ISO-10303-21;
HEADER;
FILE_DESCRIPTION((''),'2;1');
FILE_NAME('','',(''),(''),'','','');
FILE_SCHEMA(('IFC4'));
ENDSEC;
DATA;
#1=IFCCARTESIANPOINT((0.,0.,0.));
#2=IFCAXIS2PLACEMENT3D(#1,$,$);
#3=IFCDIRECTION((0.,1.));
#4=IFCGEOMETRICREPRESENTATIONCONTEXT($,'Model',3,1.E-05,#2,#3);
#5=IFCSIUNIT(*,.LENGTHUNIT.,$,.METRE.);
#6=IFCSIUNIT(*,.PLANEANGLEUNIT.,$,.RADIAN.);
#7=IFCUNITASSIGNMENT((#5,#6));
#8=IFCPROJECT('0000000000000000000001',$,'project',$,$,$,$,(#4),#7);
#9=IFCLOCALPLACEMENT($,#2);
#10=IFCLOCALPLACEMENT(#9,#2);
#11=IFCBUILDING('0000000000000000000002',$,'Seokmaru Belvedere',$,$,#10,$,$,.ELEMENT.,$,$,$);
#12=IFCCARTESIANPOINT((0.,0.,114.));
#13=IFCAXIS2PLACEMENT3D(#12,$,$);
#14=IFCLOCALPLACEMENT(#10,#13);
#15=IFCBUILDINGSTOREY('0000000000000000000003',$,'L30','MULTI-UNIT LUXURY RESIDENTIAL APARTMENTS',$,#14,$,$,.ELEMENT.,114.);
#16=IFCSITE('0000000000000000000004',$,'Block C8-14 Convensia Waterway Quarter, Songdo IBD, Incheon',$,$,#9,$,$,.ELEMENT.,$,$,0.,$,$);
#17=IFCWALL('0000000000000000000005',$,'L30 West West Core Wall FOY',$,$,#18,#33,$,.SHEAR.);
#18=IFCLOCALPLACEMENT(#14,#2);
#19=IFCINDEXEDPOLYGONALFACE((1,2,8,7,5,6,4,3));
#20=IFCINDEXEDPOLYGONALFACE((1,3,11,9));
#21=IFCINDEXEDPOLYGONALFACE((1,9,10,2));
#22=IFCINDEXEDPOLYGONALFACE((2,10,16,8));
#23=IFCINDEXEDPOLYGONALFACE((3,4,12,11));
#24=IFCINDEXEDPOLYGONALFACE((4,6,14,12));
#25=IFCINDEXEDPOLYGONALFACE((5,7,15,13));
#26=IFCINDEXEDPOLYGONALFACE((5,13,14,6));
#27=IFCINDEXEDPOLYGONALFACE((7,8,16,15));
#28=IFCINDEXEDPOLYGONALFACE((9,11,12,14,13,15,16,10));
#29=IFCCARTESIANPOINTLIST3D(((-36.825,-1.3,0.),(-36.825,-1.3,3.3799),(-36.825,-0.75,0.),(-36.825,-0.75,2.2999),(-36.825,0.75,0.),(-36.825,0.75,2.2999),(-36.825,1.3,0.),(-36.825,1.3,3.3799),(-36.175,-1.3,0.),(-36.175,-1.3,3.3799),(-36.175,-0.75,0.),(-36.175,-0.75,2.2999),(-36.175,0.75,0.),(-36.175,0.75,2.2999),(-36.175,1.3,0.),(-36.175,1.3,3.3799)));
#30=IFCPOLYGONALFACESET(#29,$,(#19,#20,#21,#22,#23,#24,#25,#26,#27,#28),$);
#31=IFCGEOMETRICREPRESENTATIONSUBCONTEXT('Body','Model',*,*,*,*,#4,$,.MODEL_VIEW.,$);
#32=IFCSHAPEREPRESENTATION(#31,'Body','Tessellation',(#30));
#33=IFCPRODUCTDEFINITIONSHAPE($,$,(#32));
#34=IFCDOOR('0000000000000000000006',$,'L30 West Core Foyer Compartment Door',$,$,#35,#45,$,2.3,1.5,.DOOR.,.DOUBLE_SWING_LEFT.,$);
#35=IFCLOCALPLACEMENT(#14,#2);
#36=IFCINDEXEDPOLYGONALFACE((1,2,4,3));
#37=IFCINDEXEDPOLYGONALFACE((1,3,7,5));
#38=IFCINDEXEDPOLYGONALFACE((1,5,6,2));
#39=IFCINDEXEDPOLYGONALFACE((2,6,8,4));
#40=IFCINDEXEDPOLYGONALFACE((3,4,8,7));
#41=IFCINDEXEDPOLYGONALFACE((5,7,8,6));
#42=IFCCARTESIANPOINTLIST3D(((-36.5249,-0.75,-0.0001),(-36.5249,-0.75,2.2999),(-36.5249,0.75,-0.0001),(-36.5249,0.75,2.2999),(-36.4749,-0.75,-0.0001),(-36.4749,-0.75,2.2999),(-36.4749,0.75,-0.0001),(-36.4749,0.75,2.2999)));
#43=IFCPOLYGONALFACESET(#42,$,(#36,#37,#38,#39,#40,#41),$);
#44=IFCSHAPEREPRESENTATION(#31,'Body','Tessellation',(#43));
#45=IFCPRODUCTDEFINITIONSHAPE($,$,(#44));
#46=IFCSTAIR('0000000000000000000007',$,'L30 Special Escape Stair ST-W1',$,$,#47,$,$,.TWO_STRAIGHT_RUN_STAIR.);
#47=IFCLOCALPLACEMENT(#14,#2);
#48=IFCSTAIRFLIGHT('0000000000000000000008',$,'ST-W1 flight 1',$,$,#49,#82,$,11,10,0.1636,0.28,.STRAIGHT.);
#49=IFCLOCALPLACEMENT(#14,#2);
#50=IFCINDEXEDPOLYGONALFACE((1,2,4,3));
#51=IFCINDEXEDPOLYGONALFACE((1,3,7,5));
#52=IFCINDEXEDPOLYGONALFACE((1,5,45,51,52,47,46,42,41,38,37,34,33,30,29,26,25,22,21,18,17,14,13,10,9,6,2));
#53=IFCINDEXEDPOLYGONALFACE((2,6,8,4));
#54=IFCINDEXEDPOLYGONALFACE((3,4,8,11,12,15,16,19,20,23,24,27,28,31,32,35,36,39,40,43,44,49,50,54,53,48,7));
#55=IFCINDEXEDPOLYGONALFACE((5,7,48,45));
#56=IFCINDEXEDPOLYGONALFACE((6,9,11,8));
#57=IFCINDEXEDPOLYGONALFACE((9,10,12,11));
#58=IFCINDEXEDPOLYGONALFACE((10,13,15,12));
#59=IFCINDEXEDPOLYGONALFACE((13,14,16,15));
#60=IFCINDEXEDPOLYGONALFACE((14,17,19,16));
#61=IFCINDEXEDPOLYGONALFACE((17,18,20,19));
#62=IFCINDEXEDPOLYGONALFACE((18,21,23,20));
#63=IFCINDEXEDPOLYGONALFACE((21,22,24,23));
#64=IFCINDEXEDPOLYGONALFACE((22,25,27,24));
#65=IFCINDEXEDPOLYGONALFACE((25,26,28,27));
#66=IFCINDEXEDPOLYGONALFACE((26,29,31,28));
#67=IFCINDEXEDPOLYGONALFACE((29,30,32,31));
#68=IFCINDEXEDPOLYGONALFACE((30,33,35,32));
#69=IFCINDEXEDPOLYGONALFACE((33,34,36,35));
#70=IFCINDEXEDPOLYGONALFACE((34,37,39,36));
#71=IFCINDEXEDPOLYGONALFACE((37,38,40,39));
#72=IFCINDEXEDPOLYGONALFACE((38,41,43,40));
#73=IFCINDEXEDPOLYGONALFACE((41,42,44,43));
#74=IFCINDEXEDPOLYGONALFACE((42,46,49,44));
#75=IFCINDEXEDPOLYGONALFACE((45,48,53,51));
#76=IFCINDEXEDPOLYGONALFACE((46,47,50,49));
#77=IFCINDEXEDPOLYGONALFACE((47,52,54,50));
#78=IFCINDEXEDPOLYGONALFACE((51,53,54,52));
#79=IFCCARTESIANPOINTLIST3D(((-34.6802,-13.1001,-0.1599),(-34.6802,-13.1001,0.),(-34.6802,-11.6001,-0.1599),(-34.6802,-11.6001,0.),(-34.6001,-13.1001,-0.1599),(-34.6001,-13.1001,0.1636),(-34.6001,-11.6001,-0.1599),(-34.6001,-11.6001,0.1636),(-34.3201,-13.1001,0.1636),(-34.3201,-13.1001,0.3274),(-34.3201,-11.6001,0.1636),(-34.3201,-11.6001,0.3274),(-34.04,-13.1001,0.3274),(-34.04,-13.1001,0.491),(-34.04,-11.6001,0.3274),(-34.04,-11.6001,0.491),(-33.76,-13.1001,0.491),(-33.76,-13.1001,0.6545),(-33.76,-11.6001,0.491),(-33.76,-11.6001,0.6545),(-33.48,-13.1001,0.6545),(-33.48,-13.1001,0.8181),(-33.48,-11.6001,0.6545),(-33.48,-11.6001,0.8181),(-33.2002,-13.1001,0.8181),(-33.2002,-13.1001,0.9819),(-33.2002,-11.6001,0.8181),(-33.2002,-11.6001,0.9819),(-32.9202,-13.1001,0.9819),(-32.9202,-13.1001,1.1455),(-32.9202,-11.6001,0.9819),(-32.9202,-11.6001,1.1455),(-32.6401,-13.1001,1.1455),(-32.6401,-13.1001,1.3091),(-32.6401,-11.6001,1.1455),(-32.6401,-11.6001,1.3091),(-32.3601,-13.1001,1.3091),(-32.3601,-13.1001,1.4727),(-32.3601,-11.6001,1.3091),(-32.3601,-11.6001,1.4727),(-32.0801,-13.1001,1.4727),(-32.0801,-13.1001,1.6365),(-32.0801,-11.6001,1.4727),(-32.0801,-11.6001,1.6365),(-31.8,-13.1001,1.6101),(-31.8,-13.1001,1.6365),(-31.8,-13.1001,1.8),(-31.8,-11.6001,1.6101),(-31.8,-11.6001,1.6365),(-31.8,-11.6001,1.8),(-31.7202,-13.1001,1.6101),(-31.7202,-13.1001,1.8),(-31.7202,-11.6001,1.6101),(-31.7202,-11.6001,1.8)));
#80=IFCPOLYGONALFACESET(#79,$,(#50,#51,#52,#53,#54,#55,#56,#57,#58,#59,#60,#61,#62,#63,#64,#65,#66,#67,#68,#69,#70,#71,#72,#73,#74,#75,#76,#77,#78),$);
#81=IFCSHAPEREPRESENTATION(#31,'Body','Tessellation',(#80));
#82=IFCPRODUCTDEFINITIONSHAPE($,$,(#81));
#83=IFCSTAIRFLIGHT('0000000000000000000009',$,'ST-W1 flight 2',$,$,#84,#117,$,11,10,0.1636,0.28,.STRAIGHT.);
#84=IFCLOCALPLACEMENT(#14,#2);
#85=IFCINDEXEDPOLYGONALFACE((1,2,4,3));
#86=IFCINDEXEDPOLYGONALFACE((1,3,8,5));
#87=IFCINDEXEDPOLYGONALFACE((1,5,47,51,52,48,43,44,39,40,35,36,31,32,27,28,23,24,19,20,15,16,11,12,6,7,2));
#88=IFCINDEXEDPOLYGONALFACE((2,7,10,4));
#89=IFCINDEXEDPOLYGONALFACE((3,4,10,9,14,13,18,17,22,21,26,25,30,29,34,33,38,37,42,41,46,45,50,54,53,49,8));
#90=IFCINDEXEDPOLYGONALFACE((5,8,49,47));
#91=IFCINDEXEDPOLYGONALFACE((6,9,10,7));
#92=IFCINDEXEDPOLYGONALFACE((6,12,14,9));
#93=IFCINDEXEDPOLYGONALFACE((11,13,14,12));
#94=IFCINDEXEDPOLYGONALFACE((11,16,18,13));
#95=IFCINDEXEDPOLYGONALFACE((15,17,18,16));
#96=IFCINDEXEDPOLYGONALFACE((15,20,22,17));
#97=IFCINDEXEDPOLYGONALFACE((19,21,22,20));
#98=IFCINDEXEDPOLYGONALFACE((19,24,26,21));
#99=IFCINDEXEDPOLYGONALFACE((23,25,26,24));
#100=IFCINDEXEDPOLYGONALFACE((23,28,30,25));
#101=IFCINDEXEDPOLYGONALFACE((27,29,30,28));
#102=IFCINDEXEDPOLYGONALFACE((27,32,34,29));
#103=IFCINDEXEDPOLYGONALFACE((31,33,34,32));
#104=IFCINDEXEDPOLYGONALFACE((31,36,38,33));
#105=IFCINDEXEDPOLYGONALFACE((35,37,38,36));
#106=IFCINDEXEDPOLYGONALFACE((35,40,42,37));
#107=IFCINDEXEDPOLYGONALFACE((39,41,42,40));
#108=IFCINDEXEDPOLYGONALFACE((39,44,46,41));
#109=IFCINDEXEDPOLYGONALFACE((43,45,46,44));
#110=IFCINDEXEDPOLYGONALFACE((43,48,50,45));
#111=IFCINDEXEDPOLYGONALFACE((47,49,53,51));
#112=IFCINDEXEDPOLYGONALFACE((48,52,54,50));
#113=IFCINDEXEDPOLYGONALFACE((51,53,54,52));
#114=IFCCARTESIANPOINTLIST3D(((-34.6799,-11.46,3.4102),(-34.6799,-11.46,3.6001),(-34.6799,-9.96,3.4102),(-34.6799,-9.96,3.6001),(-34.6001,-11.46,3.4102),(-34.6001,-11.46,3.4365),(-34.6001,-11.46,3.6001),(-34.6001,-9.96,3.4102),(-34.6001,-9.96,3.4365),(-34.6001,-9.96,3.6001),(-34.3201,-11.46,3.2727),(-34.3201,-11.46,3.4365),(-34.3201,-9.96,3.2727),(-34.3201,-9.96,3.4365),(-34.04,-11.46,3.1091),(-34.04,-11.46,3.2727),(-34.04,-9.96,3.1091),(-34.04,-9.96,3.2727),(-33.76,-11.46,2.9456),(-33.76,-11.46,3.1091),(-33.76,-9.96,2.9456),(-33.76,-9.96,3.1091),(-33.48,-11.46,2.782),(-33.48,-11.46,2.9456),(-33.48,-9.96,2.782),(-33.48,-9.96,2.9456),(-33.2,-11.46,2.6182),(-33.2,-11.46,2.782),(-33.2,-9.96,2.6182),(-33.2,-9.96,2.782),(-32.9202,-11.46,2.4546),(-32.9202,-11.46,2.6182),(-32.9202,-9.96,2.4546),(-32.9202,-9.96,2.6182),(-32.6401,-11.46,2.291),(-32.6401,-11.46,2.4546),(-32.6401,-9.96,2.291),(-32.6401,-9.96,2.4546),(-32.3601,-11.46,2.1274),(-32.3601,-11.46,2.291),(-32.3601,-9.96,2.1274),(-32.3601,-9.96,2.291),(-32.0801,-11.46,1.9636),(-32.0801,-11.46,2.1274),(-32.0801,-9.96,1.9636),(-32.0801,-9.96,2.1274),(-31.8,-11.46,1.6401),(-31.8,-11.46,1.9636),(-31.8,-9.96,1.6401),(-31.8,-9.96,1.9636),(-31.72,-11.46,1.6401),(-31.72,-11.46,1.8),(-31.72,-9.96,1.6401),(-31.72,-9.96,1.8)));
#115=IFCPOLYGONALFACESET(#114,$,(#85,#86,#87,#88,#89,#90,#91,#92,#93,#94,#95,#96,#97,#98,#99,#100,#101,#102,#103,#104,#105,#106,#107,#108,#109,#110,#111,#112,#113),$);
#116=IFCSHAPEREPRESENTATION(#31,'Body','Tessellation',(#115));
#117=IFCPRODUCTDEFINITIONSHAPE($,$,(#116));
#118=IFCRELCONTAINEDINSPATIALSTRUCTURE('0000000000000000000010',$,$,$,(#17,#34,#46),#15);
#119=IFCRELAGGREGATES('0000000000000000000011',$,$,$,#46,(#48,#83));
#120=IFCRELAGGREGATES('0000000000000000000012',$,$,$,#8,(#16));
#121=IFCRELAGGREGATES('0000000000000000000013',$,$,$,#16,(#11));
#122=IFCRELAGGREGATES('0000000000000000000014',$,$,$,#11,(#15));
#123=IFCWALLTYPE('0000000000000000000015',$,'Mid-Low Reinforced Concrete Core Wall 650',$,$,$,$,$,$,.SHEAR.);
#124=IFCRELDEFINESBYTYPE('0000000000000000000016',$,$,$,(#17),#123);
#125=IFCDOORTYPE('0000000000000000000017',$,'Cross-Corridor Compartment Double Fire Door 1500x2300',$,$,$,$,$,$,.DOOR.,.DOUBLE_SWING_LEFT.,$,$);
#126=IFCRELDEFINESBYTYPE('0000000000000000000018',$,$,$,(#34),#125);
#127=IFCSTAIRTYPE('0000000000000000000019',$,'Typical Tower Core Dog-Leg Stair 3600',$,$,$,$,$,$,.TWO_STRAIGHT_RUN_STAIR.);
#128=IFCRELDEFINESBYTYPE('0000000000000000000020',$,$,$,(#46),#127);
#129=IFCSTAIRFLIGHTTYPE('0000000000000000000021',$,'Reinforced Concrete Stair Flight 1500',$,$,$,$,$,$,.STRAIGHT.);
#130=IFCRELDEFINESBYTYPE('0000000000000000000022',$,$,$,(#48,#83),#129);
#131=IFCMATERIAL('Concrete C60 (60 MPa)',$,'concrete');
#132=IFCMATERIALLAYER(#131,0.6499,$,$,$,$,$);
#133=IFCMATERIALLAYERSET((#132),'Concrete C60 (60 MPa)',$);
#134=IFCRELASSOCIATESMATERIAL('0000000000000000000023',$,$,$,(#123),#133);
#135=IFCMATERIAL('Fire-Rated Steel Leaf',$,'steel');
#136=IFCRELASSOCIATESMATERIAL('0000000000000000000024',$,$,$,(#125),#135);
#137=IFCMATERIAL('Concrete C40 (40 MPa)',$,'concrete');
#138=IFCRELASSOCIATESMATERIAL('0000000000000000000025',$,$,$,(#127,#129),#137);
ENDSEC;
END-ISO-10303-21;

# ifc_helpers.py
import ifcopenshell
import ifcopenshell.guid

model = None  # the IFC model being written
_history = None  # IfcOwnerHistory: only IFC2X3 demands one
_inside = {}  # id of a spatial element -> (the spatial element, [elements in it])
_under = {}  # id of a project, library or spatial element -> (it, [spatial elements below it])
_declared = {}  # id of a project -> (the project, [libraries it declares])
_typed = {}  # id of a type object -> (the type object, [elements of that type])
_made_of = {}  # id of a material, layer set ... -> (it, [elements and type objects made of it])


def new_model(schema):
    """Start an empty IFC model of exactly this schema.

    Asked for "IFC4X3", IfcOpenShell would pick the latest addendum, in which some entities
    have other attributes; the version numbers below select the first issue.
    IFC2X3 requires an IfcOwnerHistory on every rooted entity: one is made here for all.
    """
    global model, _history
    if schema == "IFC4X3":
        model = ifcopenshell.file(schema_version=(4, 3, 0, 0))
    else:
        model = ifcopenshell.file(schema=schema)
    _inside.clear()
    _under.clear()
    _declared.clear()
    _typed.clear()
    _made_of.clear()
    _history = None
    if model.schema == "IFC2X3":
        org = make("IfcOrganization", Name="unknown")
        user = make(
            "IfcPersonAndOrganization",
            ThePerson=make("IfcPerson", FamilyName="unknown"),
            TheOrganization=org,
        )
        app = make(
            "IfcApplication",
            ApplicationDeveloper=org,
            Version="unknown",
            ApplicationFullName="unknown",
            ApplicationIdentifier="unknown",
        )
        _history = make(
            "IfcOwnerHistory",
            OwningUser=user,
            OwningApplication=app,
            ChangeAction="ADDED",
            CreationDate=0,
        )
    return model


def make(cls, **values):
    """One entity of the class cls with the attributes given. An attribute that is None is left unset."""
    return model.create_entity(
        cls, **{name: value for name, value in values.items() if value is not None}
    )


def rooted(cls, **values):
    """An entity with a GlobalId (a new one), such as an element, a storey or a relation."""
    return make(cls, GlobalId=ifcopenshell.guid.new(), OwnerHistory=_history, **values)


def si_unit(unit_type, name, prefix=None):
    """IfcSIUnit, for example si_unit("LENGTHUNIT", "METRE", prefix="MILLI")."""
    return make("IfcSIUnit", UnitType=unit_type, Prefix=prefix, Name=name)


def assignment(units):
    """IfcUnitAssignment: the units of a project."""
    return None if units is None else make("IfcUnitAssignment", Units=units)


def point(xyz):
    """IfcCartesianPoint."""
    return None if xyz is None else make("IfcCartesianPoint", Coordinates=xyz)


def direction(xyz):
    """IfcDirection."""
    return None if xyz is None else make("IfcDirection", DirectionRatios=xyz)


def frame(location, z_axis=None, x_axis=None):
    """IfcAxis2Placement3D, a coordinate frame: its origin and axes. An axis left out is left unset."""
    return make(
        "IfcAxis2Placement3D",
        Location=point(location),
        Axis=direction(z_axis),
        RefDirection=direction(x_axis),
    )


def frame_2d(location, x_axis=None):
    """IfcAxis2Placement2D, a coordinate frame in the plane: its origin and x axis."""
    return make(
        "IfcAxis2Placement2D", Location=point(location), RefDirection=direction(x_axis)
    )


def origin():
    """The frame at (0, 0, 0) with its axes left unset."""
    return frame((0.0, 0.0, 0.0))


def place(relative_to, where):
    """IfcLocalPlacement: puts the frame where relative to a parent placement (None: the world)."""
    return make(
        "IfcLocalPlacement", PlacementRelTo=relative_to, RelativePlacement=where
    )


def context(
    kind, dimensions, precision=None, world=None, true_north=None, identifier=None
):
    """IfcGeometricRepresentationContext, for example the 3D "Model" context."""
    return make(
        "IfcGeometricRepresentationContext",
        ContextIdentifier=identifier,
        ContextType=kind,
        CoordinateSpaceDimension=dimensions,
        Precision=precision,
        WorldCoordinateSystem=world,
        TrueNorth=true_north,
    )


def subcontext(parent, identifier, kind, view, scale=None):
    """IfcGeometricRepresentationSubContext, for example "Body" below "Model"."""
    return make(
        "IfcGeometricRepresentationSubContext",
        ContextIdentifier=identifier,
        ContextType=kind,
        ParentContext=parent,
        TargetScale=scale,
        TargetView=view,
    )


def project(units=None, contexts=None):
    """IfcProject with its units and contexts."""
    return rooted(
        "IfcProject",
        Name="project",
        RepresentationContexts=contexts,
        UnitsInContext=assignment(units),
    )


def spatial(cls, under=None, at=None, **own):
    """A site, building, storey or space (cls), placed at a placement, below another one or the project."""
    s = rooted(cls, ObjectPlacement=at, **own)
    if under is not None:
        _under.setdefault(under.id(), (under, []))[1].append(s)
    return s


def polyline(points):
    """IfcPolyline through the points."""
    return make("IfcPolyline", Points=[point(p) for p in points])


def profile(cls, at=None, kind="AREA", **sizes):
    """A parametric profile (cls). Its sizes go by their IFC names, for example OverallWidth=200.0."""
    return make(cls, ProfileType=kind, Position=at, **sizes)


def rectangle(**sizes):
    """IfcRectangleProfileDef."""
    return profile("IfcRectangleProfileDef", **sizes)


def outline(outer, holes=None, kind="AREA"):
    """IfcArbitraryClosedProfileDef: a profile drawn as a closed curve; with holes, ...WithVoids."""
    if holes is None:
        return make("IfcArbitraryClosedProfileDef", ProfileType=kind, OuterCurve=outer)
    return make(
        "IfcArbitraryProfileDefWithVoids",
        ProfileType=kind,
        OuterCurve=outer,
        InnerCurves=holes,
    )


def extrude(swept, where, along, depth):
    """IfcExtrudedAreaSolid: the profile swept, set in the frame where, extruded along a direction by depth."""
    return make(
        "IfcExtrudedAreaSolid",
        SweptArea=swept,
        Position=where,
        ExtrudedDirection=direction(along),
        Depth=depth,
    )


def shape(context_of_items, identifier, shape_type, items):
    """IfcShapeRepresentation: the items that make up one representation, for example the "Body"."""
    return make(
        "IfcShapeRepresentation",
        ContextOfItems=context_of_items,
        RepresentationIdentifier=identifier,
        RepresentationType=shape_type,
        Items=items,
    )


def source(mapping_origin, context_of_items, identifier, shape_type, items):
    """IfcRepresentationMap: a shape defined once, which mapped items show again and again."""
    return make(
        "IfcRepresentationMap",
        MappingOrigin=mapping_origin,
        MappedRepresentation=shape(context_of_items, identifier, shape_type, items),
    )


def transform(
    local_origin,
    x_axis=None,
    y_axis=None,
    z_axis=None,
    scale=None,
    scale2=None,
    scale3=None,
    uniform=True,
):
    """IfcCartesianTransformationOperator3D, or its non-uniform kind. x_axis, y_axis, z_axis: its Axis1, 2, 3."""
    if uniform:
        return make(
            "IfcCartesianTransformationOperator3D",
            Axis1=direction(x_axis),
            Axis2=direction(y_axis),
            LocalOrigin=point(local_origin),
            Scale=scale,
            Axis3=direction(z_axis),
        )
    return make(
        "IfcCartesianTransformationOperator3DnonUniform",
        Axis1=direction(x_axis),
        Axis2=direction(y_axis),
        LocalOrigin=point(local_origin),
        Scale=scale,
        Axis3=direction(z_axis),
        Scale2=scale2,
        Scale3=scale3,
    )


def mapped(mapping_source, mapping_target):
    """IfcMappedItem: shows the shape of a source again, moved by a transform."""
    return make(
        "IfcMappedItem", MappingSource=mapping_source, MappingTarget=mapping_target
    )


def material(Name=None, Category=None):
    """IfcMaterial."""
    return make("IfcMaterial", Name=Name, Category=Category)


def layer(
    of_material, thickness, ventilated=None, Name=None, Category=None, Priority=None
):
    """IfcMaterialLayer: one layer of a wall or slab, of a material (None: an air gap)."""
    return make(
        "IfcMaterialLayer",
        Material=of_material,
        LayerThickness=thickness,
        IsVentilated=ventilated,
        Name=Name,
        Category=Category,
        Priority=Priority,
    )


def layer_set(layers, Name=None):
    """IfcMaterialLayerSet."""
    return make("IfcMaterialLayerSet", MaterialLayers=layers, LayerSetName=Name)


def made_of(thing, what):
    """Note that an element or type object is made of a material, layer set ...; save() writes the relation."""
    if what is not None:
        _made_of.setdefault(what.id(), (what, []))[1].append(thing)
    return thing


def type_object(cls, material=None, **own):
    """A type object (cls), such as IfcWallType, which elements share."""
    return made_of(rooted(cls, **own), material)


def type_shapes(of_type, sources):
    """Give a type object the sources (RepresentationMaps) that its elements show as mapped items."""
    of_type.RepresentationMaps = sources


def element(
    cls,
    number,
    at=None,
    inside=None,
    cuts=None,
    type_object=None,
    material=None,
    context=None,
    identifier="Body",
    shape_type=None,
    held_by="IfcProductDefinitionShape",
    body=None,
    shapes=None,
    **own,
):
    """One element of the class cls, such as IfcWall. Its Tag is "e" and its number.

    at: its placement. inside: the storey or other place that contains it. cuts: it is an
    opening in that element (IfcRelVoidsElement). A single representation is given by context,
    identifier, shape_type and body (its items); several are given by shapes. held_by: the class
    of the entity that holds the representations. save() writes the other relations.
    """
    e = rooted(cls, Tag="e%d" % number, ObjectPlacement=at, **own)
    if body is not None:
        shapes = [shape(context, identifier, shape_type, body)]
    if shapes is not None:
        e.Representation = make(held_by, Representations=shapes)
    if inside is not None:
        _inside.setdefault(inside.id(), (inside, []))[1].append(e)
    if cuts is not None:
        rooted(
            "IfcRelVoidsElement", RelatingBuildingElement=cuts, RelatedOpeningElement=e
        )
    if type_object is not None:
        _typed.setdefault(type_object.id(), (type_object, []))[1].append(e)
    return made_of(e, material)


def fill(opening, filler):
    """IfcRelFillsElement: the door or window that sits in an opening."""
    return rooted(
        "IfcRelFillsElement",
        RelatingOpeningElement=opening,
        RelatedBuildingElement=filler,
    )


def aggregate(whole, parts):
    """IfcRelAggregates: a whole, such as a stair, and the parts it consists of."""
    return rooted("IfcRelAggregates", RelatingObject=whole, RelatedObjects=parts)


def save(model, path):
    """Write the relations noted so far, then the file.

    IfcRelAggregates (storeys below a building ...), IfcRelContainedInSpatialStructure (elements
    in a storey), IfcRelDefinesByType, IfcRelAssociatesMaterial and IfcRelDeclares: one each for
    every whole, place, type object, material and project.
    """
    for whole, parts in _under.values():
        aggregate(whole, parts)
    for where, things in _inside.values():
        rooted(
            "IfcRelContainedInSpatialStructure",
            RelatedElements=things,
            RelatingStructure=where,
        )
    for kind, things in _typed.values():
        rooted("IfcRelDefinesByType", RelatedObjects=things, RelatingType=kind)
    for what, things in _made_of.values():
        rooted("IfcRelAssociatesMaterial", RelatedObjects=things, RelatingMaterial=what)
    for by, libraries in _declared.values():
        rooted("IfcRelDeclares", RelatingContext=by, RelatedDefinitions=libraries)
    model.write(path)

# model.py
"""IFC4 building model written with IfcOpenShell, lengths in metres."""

from ifc_helpers import new_model, si_unit, direction, frame, frame_2d, origin, place, context, subcontext, project, spatial, polyline, rectangle, outline, extrude, source, transform, mapped, material, layer, layer_set, type_object, type_shapes, element, fill, aggregate, save


model = new_model("IFC4")

# Units and contexts
model_context = context("Model", 3, precision=1e-05, world=origin(), true_north=direction((0.0, 1.0)))
body_context = subcontext(model_context, "Body", "Model", "MODEL_VIEW")
ifc_project = project(units=[si_unit("LENGTHUNIT", "METRE"), si_unit("PLANEANGLEUNIT", "RADIAN")], contexts=[model_context])

# Site, building, storey
site_placement = place(None, origin())
site = spatial("IfcSite", under=ifc_project, at=site_placement, Name="Block C8-14 Convensia Waterway Quarter, Songdo IBD, Incheon", CompositionType="ELEMENT", RefElevation=0.0)
building_placement = place(site_placement, origin())
building = spatial("IfcBuilding", under=site, at=building_placement, Name="Seokmaru Belvedere", CompositionType="ELEMENT")
storey_placement = place(building_placement, frame((0.0, 0.0, 114.0)))
storey = spatial("IfcBuildingStorey", under=building, at=storey_placement, Name="L30", Description="MULTI-UNIT LUXURY RESIDENTIAL APARTMENTS", CompositionType="ELEMENT", Elevation=114.0)

# Shared definitions
ifc_material_1 = material(Name="Fire-Rated Steel Leaf", Category="steel")

# Shared definitions
ifc_material_2 = material(Name="Concrete C60 (60 MPa)", Category="concrete")
ifc_layer_1 = layer(ifc_material_2, 0.6499)
ifc_layer_set_1 = layer_set([ifc_layer_1], Name="Concrete C60 (60 MPa)")
wall_type_1 = type_object("IfcWallType", Name="Mid-Low Reinforced Concrete Core Wall 650", PredefinedType="SHEAR", material=ifc_layer_set_1)

# Wall, opening, door
wall_1_placement = place(storey_placement, frame((-36.5, -1.3, 0.0), z_axis=(0.0, 0.0, 1.0), x_axis=(0.0, 1.0, 0.0)))
wall_1 = element("IfcWall", 1, at=wall_1_placement, inside=storey, type_object=wall_type_1, Name="L30 West West Core Wall FOY", PredefinedType="SHEAR", context=body_context, shape_type="SweptSolid", body=[
    extrude(rectangle(XDim=2.6001, YDim=0.6499, at=frame_2d((1.3, 0.0))), origin(), (0.0, 0.0, 1.0), 3.3799),
])
opening_1_placement = place(wall_1_placement, frame((0.55, 0.0, 0.0)))
opening_1 = element("IfcOpeningElement", 2, at=opening_1_placement, cuts=wall_1, PredefinedType="OPENING", context=body_context, shape_type="SweptSolid", body=[
    extrude(rectangle(XDim=1.5, YDim=2.3, at=frame_2d((0.75, 1.1499))), frame((0.0, 0.335, 0.0), z_axis=(0.0, -1.0, 0.0), x_axis=(1.0, 0.0, 0.0)), (0.0, 0.0, 1.0), 0.6699),
])
door_type_1 = type_object("IfcDoorType", Name="Cross-Corridor Compartment Double Fire Door 1500x2300", OperationType="DOUBLE_SWING_LEFT", PredefinedType="DOOR", material=ifc_material_1)
shared_shape_1 = source(origin(), body_context, "Body", "SweptSolid", [
    extrude(rectangle(XDim=1.5, YDim=2.3, at=frame_2d((0.75, 1.1499))), frame((0.0, 0.0249, 0.0), z_axis=(0.0, -1.0, 0.0), x_axis=(1.0, 0.0, 0.0)), (0.0, 0.0, 1.0), 0.05),
])
type_shapes(door_type_1, [shared_shape_1])
door_1_placement = place(opening_1_placement, origin())
door_1 = element("IfcDoor", 3, at=door_1_placement, inside=storey, type_object=door_type_1, Name="L30 West Core Foyer Compartment Door", OperationType="DOUBLE_SWING_LEFT", OverallHeight=2.3, OverallWidth=1.5, PredefinedType="DOOR", context=body_context, shape_type="MappedRepresentation", body=[
    mapped(shared_shape_1, transform((0.0, 0.0, 0.0), scale=1.0)),
])
fill(opening_1, door_1)

# Stair, stair flights
ifc_material_3 = material(Name="Concrete C40 (40 MPa)", Category="concrete")
stair_type = type_object("IfcStairType", Name="Typical Tower Core Dog-Leg Stair 3600", PredefinedType="TWO_STRAIGHT_RUN_STAIR", material=ifc_material_3)
stair_placement = place(storey_placement, origin())
stair = element("IfcStair", 4, at=stair_placement, inside=storey, type_object=stair_type, Name="L30 Special Escape Stair ST-W1", PredefinedType="TWO_STRAIGHT_RUN_STAIR")
stair_flight_type = type_object("IfcStairFlightType", Name="Reinforced Concrete Stair Flight 1500", PredefinedType="STRAIGHT", material=ifc_material_3)
stair_flight_1_placement = place(storey_placement, frame((-34.6001, -12.3501, 0.0), z_axis=(0.0, 0.0, 1.0), x_axis=(1.0, 0.0, 0.0)))
stair_flight_1 = element("IfcStairFlight", 5, at=stair_flight_1_placement, type_object=stair_flight_type, Name="ST-W1 flight 1", NumberOfRisers=11, NumberOfTreads=10, PredefinedType="STRAIGHT", RiserHeight=0.1636, TreadLength=0.28, context=body_context, shape_type="SweptSolid", body=[
    extrude(outline(polyline([(-0.0801, 0.0), (0.0, 0.1636), (0.28, 0.1636), (0.28, 0.3274), (0.5601, 0.3274), (0.5601, 0.491), (0.8401, 0.491), (0.8401, 0.6545), (1.1201, 0.6545), (1.1201, 0.8181), (1.3999, 0.8181), (1.3999, 0.9819), (1.6799, 0.9819), (1.6799, 1.1455), (1.96, 1.1455), (1.96, 1.3091), (2.24, 1.3091), (2.24, 1.4727), (2.52, 1.4727), (2.52, 1.6365), (2.8, 1.6365), (2.8, 1.8), (2.8799, 1.8), (2.8799, 1.6101), (2.8, 1.6101), (0.0, -0.1599), (-0.0801, -0.1599), (-0.0801, 0.0)])), frame((0.0, 0.75, 0.0), z_axis=(0.0, -1.0, 0.0), x_axis=(1.0, 0.0, 0.0)), (0.0, 0.0, 1.0), 1.5),
])
stair_flight_2_placement = place(storey_placement, frame((-31.8, -10.71, 1.8), z_axis=(0.0, 0.0, 1.0), x_axis=(-1.0, 0.0, 0.0)))
stair_flight_2 = element("IfcStairFlight", 6, at=stair_flight_2_placement, type_object=stair_flight_type, Name="ST-W1 flight 2", NumberOfRisers=11, NumberOfTreads=10, PredefinedType="STRAIGHT", RiserHeight=0.1636, TreadLength=0.28, context=body_context, shape_type="SweptSolid", body=[
    extrude(outline(polyline([(-0.0801, 0.0), (0.0, 0.1636), (0.28, 0.1636), (0.28, 0.3274), (0.5601, 0.3274), (0.5601, 0.491), (0.8401, 0.491), (0.8401, 0.6545), (1.1201, 0.6545), (1.1201, 0.8181), (1.3999, 0.8181), (1.3999, 0.9819), (1.6799, 0.9819), (1.6799, 1.1455), (1.96, 1.1455), (1.96, 1.3091), (2.24, 1.3091), (2.24, 1.4727), (2.52, 1.4727), (2.52, 1.6365), (2.8, 1.6365), (2.8, 1.8), (2.8799, 1.8), (2.8799, 1.6101), (2.8, 1.6101), (0.0, -0.1599), (-0.0801, -0.1599), (-0.0801, 0.0)])), frame((0.0, 0.75, 0.0), z_axis=(0.0, -1.0, 0.0), x_axis=(1.0, 0.0, 0.0)), (0.0, 0.0, 1.0), 1.5),
])
aggregate(stair, [stair_flight_1, stair_flight_2])

save(model, "model.ifc")
